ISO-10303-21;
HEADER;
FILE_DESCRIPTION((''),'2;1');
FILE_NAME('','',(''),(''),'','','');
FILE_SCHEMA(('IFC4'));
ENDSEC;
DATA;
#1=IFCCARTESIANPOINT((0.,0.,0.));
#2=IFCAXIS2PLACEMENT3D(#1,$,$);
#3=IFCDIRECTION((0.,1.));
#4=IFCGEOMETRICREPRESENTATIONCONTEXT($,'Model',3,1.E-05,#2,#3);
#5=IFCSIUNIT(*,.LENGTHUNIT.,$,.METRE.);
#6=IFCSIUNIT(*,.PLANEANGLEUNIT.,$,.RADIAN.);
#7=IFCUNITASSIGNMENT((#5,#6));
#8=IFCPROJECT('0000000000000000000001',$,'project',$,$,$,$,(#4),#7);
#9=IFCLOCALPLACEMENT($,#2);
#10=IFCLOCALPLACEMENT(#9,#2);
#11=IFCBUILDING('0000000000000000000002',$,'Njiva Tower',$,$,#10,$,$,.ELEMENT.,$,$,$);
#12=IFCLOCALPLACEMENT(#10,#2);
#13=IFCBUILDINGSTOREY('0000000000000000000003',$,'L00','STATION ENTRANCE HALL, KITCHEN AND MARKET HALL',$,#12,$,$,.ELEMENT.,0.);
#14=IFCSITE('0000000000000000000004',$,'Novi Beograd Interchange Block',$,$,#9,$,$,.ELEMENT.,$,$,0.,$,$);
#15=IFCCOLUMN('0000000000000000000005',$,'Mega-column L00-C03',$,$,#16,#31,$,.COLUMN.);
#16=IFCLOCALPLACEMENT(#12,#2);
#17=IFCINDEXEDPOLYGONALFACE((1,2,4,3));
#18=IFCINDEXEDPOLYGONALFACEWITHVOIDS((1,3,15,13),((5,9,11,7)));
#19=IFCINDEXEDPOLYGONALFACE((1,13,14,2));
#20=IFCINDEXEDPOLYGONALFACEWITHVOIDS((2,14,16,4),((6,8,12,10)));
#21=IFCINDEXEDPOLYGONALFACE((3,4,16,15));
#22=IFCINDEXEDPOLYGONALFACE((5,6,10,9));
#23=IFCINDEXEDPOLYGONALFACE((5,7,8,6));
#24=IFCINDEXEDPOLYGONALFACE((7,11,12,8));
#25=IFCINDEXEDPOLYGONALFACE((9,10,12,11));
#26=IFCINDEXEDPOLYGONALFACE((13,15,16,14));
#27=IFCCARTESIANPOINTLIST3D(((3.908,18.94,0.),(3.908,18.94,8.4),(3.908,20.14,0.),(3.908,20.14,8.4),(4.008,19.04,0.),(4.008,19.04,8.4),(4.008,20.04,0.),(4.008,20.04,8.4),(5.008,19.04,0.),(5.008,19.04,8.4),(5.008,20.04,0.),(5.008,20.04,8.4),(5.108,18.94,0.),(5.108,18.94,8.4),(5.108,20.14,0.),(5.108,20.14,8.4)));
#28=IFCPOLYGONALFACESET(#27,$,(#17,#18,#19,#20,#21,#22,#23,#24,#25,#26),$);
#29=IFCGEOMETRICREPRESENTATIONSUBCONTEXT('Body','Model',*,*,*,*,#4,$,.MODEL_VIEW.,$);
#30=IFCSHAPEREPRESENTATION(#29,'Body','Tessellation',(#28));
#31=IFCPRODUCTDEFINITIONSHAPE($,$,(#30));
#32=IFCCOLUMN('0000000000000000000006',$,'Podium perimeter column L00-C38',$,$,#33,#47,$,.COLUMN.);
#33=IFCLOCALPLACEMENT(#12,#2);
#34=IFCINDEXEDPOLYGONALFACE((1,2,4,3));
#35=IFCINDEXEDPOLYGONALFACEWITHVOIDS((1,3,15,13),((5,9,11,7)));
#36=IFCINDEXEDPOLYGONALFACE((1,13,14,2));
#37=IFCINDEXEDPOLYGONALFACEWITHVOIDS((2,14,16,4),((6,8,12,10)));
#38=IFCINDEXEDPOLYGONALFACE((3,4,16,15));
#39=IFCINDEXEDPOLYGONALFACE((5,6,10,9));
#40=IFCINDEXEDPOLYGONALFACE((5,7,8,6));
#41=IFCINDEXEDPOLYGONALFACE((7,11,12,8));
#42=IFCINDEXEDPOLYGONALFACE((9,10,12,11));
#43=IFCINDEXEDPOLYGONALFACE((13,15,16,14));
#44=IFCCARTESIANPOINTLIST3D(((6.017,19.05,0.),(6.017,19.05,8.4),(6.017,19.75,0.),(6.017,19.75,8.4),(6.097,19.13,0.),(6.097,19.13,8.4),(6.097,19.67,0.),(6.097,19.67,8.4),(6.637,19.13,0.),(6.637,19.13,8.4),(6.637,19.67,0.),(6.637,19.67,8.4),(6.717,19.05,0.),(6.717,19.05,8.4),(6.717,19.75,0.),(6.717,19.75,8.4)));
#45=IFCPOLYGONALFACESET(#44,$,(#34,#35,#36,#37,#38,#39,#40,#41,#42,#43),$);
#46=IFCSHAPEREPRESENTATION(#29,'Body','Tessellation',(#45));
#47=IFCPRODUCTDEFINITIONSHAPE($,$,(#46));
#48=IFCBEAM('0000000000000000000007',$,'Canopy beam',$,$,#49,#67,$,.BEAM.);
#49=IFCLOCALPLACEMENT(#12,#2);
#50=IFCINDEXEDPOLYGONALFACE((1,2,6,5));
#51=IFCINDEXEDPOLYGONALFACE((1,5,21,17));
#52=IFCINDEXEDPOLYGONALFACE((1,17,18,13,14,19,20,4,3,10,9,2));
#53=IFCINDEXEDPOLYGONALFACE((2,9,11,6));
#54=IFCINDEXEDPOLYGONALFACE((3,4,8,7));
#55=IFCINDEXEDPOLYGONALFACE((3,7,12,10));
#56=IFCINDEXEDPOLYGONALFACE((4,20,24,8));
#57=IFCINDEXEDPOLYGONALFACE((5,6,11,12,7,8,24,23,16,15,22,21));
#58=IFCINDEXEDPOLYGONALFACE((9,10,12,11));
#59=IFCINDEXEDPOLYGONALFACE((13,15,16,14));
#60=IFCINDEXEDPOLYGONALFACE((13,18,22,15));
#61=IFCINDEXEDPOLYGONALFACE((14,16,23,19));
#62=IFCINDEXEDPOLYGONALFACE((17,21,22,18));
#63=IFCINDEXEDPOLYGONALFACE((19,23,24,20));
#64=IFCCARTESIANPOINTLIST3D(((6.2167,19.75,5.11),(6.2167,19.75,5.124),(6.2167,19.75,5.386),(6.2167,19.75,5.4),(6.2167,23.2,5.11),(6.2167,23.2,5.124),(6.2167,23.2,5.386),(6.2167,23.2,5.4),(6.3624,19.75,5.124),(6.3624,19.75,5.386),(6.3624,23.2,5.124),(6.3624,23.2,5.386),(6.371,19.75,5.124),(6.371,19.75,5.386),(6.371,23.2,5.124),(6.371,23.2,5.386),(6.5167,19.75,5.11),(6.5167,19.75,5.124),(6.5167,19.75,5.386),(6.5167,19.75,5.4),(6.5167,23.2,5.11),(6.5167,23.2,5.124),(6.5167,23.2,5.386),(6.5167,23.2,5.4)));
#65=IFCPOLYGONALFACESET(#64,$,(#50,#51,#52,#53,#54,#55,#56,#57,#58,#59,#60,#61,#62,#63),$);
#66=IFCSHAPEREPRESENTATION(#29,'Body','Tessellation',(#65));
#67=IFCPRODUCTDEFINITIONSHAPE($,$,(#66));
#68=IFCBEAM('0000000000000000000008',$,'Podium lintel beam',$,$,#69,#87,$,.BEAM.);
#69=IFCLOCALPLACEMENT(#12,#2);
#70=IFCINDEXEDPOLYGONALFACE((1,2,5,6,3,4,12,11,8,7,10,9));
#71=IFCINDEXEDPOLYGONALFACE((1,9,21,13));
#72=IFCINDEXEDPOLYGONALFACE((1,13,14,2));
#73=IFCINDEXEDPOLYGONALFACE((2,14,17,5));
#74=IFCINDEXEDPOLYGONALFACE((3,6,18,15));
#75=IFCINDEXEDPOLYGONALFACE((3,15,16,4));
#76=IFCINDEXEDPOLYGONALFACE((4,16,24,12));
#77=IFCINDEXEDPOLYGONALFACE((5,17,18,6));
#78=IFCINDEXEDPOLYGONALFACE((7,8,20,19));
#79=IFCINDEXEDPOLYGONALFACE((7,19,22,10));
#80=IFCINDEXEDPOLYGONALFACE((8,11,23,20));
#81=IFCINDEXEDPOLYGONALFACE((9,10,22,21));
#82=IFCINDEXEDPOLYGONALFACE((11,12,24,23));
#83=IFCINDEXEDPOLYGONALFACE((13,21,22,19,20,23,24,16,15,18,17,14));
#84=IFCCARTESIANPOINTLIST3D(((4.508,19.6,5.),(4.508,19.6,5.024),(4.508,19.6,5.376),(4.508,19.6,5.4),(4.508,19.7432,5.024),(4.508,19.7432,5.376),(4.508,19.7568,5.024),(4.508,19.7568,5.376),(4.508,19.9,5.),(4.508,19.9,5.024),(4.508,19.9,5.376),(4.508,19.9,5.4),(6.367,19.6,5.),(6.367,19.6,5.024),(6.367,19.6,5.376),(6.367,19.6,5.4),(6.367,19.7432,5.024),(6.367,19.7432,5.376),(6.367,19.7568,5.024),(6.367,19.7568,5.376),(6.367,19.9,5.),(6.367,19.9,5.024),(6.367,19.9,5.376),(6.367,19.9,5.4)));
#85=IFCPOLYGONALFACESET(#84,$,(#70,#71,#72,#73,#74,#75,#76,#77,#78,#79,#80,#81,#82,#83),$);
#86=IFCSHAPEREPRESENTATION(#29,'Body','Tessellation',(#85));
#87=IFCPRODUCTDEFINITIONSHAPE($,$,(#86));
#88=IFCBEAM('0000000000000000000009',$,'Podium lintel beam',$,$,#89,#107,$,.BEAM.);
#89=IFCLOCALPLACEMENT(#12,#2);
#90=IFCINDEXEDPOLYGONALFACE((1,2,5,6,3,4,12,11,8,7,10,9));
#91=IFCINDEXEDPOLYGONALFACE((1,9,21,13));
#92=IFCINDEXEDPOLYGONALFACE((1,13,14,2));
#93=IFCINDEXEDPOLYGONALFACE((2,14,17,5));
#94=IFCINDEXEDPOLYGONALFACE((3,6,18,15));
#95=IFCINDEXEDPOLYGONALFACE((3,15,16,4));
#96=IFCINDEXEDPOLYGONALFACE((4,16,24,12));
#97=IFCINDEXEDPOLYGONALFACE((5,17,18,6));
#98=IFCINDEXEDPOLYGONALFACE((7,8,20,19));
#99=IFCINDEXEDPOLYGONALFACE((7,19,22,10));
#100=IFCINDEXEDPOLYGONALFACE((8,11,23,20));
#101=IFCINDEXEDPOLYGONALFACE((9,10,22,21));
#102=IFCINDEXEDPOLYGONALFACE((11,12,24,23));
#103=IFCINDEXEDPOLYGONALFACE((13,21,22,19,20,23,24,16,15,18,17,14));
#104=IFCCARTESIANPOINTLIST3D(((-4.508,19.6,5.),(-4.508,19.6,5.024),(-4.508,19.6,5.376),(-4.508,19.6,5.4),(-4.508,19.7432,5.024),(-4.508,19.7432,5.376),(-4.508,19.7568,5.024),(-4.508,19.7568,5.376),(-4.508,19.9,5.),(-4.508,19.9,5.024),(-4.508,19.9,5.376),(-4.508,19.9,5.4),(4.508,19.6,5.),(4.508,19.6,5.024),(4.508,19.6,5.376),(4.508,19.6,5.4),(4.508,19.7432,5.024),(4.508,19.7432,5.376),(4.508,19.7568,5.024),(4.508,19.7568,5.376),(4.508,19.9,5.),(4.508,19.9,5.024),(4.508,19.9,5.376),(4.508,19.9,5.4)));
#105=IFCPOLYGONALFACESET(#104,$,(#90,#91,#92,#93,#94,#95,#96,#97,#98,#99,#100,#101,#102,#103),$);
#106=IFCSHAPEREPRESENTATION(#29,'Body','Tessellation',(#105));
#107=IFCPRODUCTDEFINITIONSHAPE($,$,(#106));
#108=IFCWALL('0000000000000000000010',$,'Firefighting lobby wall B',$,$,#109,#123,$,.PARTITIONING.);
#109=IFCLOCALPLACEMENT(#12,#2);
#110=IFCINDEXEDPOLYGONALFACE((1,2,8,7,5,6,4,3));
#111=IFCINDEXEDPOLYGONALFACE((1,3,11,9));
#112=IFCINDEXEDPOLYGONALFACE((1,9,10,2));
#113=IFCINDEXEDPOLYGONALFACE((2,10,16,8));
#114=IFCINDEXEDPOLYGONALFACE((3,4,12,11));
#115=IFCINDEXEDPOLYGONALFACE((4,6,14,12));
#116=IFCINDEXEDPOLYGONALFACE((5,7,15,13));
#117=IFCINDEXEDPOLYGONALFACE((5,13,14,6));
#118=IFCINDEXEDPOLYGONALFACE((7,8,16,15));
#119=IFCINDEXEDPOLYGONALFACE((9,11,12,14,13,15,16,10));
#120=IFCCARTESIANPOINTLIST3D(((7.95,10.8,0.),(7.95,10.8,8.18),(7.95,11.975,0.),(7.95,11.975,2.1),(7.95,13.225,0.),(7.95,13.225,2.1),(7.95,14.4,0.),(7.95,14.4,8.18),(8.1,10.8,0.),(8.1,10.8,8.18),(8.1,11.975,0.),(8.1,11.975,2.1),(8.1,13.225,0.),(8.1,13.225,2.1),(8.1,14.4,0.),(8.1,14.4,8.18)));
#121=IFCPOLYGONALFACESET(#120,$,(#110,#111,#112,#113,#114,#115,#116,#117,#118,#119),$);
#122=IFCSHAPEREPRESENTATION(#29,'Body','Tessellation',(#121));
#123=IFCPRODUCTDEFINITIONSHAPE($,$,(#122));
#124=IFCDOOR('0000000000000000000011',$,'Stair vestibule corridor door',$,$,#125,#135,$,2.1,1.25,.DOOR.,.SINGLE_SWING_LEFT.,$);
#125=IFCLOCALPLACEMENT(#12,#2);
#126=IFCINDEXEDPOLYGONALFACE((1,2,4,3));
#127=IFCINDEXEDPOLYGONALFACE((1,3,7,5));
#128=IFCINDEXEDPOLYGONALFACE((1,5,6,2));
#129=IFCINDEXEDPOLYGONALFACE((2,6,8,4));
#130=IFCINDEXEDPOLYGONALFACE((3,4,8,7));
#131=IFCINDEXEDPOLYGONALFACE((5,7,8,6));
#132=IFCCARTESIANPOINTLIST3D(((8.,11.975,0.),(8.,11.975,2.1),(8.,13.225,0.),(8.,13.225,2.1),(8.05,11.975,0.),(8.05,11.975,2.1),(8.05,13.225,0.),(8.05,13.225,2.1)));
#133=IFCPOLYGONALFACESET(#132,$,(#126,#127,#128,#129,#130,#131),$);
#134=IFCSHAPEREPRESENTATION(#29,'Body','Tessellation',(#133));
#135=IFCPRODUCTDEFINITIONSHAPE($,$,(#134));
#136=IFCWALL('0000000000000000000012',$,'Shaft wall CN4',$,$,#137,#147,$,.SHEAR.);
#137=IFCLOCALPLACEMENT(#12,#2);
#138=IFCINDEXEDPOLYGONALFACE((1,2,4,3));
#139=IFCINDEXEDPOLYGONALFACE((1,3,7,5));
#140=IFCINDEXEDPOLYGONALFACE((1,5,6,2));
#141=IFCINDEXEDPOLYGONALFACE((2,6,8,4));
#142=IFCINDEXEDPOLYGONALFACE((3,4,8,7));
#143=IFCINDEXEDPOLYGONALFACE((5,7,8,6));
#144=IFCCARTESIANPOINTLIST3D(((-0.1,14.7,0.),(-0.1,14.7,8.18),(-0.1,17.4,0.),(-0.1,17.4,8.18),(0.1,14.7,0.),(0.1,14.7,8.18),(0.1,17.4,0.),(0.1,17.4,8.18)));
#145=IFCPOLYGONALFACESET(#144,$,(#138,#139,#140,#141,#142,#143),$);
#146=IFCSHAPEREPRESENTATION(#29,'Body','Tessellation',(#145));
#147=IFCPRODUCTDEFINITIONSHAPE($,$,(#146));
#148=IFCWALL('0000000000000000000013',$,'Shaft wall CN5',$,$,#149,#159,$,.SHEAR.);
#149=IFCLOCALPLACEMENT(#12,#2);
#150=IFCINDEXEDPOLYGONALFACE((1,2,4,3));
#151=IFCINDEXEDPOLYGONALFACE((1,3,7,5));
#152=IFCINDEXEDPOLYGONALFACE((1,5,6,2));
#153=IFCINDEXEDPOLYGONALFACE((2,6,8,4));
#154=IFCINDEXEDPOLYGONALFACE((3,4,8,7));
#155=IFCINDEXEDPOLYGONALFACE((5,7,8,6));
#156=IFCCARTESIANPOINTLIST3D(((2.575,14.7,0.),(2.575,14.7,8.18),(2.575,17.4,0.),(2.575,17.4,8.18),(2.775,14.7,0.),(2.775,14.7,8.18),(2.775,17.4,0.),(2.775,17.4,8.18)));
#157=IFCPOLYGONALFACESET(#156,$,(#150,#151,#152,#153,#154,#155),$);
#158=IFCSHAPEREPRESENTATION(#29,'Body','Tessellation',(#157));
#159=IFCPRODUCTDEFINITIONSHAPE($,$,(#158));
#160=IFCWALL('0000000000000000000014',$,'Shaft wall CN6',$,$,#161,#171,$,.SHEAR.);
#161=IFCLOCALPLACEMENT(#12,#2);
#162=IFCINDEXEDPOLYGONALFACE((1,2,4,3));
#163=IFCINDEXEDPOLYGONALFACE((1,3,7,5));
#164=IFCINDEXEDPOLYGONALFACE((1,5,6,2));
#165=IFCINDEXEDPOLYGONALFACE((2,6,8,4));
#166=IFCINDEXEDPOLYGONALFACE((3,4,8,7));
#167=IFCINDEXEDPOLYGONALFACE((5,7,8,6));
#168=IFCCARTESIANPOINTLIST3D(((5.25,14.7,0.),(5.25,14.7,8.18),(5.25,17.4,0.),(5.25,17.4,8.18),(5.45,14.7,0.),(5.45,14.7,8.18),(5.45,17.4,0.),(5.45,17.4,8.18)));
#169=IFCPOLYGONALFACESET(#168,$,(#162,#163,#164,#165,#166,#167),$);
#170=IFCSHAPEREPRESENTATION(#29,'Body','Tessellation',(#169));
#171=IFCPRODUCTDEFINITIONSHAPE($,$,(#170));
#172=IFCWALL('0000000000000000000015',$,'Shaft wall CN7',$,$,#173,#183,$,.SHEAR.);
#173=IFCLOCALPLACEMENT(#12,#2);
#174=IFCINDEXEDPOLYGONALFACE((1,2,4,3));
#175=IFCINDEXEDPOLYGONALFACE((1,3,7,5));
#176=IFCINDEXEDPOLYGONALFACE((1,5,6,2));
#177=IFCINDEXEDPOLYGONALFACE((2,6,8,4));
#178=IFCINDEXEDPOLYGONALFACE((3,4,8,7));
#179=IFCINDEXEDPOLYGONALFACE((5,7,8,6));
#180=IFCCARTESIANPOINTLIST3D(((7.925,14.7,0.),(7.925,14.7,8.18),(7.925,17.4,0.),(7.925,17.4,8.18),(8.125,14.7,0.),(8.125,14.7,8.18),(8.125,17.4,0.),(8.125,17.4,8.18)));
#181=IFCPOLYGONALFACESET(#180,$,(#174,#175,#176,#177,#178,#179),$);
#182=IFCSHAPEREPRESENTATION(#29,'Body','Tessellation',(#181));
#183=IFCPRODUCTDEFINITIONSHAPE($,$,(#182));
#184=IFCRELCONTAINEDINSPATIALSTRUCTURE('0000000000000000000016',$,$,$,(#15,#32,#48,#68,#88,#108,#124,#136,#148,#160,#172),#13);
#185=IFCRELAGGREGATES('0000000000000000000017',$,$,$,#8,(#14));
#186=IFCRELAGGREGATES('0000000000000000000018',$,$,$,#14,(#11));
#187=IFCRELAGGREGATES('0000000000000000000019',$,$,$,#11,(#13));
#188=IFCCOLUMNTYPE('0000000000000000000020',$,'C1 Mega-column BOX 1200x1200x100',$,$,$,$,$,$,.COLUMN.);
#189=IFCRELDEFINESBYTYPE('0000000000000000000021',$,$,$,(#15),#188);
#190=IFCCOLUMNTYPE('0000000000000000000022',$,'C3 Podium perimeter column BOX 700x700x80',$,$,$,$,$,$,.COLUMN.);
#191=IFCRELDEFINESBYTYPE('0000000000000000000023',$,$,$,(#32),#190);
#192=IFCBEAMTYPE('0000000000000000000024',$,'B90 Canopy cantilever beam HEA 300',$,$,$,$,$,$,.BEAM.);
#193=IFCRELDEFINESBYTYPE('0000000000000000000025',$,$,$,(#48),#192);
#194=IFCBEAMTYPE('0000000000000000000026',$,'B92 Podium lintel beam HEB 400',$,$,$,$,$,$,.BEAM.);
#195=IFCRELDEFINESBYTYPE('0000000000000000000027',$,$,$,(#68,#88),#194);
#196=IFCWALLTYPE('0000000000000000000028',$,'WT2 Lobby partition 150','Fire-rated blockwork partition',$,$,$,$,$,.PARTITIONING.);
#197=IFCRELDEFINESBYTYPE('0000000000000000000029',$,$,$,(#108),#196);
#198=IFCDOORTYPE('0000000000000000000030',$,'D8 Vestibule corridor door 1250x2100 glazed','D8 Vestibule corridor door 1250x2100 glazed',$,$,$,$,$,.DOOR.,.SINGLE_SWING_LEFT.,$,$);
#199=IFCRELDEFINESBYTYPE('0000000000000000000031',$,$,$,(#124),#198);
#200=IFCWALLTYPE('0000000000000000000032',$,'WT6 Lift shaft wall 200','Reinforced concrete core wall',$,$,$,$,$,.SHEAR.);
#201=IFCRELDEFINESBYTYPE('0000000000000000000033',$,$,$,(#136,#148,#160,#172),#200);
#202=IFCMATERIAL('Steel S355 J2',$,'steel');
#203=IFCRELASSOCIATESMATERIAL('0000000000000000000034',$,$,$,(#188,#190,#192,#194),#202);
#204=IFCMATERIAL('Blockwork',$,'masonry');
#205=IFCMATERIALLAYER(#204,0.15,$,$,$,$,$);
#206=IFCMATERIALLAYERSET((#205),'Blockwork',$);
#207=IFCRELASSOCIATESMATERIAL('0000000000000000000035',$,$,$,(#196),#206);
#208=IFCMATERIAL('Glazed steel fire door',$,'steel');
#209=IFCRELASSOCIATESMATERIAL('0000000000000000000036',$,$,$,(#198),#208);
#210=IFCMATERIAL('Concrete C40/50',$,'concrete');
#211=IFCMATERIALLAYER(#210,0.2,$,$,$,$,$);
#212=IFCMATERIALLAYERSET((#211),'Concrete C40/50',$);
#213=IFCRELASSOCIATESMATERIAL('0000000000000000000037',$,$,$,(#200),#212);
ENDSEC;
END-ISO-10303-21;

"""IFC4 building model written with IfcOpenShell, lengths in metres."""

from ifc_helpers import new_model, si_unit, direction, frame, frame_2d, origin, origin_2d, place, context, subcontext, project, spatial, rectangle, hollow_rectangle, i_section, extrude, material, layer, layer_set, material_profile, profile_set, type_object, element, fill, save


model = new_model("IFC4")

# Units and contexts
model_context = context("Model", 3, precision=1e-05, world=origin(), true_north=direction((0.0, 1.0)))
body_context = subcontext(model_context, "Body", "Model", "MODEL_VIEW")
ifc_project = project(units=[si_unit("LENGTHUNIT", "METRE"), si_unit("PLANEANGLEUNIT", "RADIAN")], contexts=[model_context])

# Site, building, storey
site_placement = place(None, origin())
site = spatial("IfcSite", under=ifc_project, at=site_placement, Name="Novi Beograd Interchange Block", CompositionType="ELEMENT", RefElevation=0.0)
building_placement = place(site_placement, origin())
building = spatial("IfcBuilding", under=site, at=building_placement, Name="Njiva Tower", CompositionType="ELEMENT")
storey_placement = place(building_placement, origin())
storey = spatial("IfcBuildingStorey", under=building, at=storey_placement, Name="L00", Description="STATION ENTRANCE HALL, KITCHEN AND MARKET HALL", CompositionType="ELEMENT", Elevation=0.0)

# Columns
ifc_material_1 = material(Name="Steel S355 J2", Category="steel")
ifc_material_profile_1 = material_profile(ifc_material_1, hollow_rectangle(XDim=1.2, YDim=1.2, WallThickness=0.1, at=origin_2d()), Name="BOX 1200x1200x100")
ifc_profile_set_1 = profile_set([ifc_material_profile_1], Name="Steel S355 J2")
column_type_1 = type_object("IfcColumnType", Name="C1 Mega-column BOX 1200x1200x100", PredefinedType="COLUMN", material=ifc_profile_set_1)
column_1_placement = place(storey_placement, frame((4.508, 19.54, 0.0), z_axis=(0.0, 0.0, 1.0), x_axis=(-1.0, 0.0, 0.0)))
element("IfcColumn", 1, at=column_1_placement, inside=storey, type_object=column_type_1, Name="Mega-column L00-C03", PredefinedType="COLUMN", context=body_context, shape_type="SweptSolid", body=[
    extrude(hollow_rectangle(XDim=1.2, YDim=1.2, WallThickness=0.1, at=origin_2d()), origin(), (0.0, 0.0, 1.0), 8.4),
])
ifc_material_profile_2 = material_profile(ifc_material_1, hollow_rectangle(XDim=0.7, YDim=0.7, WallThickness=0.08, at=origin_2d()), Name="BOX 700x700x80")
ifc_profile_set_2 = profile_set([ifc_material_profile_2], Name="Steel S355 J2")
column_type_2 = type_object("IfcColumnType", Name="C3 Podium perimeter column BOX 700x700x80", PredefinedType="COLUMN", material=ifc_profile_set_2)
column_2_placement = place(storey_placement, frame((6.367, 19.4, 0.0), z_axis=(0.0, 0.0, 1.0), x_axis=(-1.0, 0.0, 0.0)))
element("IfcColumn", 2, at=column_2_placement, inside=storey, type_object=column_type_2, Name="Podium perimeter column L00-C38", PredefinedType="COLUMN", context=body_context, shape_type="SweptSolid", body=[
    extrude(hollow_rectangle(XDim=0.7, YDim=0.7, WallThickness=0.08, at=origin_2d()), origin(), (0.0, 0.0, 1.0), 8.4),
])

# Beams
ifc_material_profile_3 = material_profile(ifc_material_1, i_section(OverallWidth=0.3, OverallDepth=0.29, WebThickness=0.0085, FlangeThickness=0.014, at=origin_2d()), Name="HEA300")
ifc_profile_set_3 = profile_set([ifc_material_profile_3], Name="Steel S355 J2")
beam_type_1 = type_object("IfcBeamType", Name="B90 Canopy cantilever beam HEA 300", PredefinedType="BEAM", material=ifc_profile_set_3)
beam_1_placement = place(storey_placement, frame((6.3667, 19.75, 5.255), z_axis=(0.0, 1.0, 0.0), x_axis=(-1.0, 0.0, 0.0)))
element("IfcBeam", 3, at=beam_1_placement, inside=storey, type_object=beam_type_1, Name="Canopy beam", PredefinedType="BEAM", context=body_context, shape_type="SweptSolid", body=[
    extrude(i_section(OverallWidth=0.3, OverallDepth=0.29, WebThickness=0.0085, FlangeThickness=0.014, at=origin_2d()), origin(), (0.0, 0.0, 1.0), 3.45),
])
ifc_material_profile_4 = material_profile(ifc_material_1, i_section(OverallWidth=0.3, OverallDepth=0.4, WebThickness=0.0135, FlangeThickness=0.024, at=origin_2d()), Name="HEB400")
ifc_profile_set_4 = profile_set([ifc_material_profile_4], Name="Steel S355 J2")
beam_type_2 = type_object("IfcBeamType", Name="B92 Podium lintel beam HEB 400", PredefinedType="BEAM", material=ifc_profile_set_4)
beam_2_placement = place(storey_placement, frame((6.367, 19.75, 5.2), z_axis=(-1.0, 0.0, 0.0), x_axis=(0.0, -1.0, 0.0)))
element("IfcBeam", 4, at=beam_2_placement, inside=storey, type_object=beam_type_2, Name="Podium lintel beam", PredefinedType="BEAM", context=body_context, shape_type="SweptSolid", body=[
    extrude(i_section(OverallWidth=0.3, OverallDepth=0.4, WebThickness=0.0135, FlangeThickness=0.024, at=origin_2d()), origin(), (0.0, 0.0, 1.0), 1.859),
])
beam_3_placement = place(storey_placement, frame((4.508, 19.75, 5.2), z_axis=(-1.0, 0.0, 0.0), x_axis=(0.0, -1.0, 0.0)))
element("IfcBeam", 5, at=beam_3_placement, inside=storey, type_object=beam_type_2, Name="Podium lintel beam", PredefinedType="BEAM", context=body_context, shape_type="SweptSolid", body=[
    extrude(i_section(OverallWidth=0.3, OverallDepth=0.4, WebThickness=0.0135, FlangeThickness=0.024, at=origin_2d()), origin(), (0.0, 0.0, 1.0), 9.016),
])

# Wall, opening, door
ifc_material_2 = material(Name="Blockwork", Category="masonry")
ifc_layer_1 = layer(ifc_material_2, 0.15)
ifc_layer_set_1 = layer_set([ifc_layer_1], Name="Blockwork")
wall_type_1 = type_object("IfcWallType", Name="WT2 Lobby partition 150", Description="Fire-rated blockwork partition", PredefinedType="PARTITIONING", material=ifc_layer_set_1)
wall_1_placement = place(storey_placement, frame((8.025, 10.8, 0.0), z_axis=(0.0, 0.0, 1.0), x_axis=(0.0, 1.0, 0.0)))
wall_1 = element("IfcWall", 6, at=wall_1_placement, inside=storey, type_object=wall_type_1, Name="Firefighting lobby wall B", PredefinedType="PARTITIONING", context=body_context, shape_type="SweptSolid", body=[
    extrude(rectangle(XDim=3.6, YDim=0.15, at=frame_2d((1.8, 0.0))), origin(), (0.0, 0.0, 1.0), 8.18),
])
opening_1_placement = place(wall_1_placement, frame((1.175, 0.0, 0.0)))
opening_1 = element("IfcOpeningElement", 7, at=opening_1_placement, cuts=wall_1, PredefinedType="OPENING", context=body_context, shape_type="SweptSolid", body=[
    extrude(rectangle(XDim=1.25, YDim=2.1, at=frame_2d((0.625, 1.05))), frame((0.0, 0.085, 0.0), z_axis=(0.0, -1.0, 0.0), x_axis=(1.0, 0.0, 0.0)), (0.0, 0.0, 1.0), 0.17),
])
ifc_material_3 = material(Name="Glazed steel fire door", Category="steel")
door_type_1 = type_object("IfcDoorType", Name="D8 Vestibule corridor door 1250x2100 glazed", Description="D8 Vestibule corridor door 1250x2100 glazed", OperationType="SINGLE_SWING_LEFT", PredefinedType="DOOR", material=ifc_material_3)
door_1_placement = place(opening_1_placement, origin())
door_1 = element("IfcDoor", 8, at=door_1_placement, inside=storey, type_object=door_type_1, Name="Stair vestibule corridor door", OperationType="SINGLE_SWING_LEFT", OverallHeight=2.1, OverallWidth=1.25, PredefinedType="DOOR", context=body_context, shape_type="SweptSolid", body=[
    extrude(rectangle(XDim=1.25, YDim=2.1, at=frame_2d((0.625, 1.05))), frame((0.0, 0.025, 0.0), z_axis=(0.0, -1.0, 0.0), x_axis=(1.0, 0.0, 0.0)), (0.0, 0.0, 1.0), 0.05),
])
fill(opening_1, door_1)

# Walls
ifc_material_4 = material(Name="Concrete C40/50", Category="concrete")
ifc_layer_2 = layer(ifc_material_4, 0.2)
ifc_layer_set_2 = layer_set([ifc_layer_2], Name="Concrete C40/50")
wall_type_2 = type_object("IfcWallType", Name="WT6 Lift shaft wall 200", Description="Reinforced concrete core wall", PredefinedType="SHEAR", material=ifc_layer_set_2)
for number, where, z_axis, x_axis, name in (
    (9, (0.0, 14.7, 0.0), (0.0, 0.0, 1.0), (0.0, 1.0, 0.0), "Shaft wall CN4"),
    (10, (2.675, 14.7, 0.0), (0.0, 0.0, 1.0), (0.0, 1.0, 0.0), "Shaft wall CN5"),
    (11, (5.35, 14.7, 0.0), (0.0, 0.0, 1.0), (0.0, 1.0, 0.0), "Shaft wall CN6"),
    (12, (8.025, 14.7, 0.0), (0.0, 0.0, 1.0), (0.0, 1.0, 0.0), "Shaft wall CN7"),
):
    element("IfcWall", number, at=place(storey_placement, frame(where, z_axis=z_axis, x_axis=x_axis)), inside=storey, type_object=wall_type_2, Name=name, PredefinedType="SHEAR", context=body_context, shape_type="SweptSolid", body=[
        extrude(rectangle(XDim=2.7, YDim=0.2, at=frame_2d((1.35, 0.0))), origin(), (0.0, 0.0, 1.0), 8.18),
    ])

save(model, "model.ifc")
